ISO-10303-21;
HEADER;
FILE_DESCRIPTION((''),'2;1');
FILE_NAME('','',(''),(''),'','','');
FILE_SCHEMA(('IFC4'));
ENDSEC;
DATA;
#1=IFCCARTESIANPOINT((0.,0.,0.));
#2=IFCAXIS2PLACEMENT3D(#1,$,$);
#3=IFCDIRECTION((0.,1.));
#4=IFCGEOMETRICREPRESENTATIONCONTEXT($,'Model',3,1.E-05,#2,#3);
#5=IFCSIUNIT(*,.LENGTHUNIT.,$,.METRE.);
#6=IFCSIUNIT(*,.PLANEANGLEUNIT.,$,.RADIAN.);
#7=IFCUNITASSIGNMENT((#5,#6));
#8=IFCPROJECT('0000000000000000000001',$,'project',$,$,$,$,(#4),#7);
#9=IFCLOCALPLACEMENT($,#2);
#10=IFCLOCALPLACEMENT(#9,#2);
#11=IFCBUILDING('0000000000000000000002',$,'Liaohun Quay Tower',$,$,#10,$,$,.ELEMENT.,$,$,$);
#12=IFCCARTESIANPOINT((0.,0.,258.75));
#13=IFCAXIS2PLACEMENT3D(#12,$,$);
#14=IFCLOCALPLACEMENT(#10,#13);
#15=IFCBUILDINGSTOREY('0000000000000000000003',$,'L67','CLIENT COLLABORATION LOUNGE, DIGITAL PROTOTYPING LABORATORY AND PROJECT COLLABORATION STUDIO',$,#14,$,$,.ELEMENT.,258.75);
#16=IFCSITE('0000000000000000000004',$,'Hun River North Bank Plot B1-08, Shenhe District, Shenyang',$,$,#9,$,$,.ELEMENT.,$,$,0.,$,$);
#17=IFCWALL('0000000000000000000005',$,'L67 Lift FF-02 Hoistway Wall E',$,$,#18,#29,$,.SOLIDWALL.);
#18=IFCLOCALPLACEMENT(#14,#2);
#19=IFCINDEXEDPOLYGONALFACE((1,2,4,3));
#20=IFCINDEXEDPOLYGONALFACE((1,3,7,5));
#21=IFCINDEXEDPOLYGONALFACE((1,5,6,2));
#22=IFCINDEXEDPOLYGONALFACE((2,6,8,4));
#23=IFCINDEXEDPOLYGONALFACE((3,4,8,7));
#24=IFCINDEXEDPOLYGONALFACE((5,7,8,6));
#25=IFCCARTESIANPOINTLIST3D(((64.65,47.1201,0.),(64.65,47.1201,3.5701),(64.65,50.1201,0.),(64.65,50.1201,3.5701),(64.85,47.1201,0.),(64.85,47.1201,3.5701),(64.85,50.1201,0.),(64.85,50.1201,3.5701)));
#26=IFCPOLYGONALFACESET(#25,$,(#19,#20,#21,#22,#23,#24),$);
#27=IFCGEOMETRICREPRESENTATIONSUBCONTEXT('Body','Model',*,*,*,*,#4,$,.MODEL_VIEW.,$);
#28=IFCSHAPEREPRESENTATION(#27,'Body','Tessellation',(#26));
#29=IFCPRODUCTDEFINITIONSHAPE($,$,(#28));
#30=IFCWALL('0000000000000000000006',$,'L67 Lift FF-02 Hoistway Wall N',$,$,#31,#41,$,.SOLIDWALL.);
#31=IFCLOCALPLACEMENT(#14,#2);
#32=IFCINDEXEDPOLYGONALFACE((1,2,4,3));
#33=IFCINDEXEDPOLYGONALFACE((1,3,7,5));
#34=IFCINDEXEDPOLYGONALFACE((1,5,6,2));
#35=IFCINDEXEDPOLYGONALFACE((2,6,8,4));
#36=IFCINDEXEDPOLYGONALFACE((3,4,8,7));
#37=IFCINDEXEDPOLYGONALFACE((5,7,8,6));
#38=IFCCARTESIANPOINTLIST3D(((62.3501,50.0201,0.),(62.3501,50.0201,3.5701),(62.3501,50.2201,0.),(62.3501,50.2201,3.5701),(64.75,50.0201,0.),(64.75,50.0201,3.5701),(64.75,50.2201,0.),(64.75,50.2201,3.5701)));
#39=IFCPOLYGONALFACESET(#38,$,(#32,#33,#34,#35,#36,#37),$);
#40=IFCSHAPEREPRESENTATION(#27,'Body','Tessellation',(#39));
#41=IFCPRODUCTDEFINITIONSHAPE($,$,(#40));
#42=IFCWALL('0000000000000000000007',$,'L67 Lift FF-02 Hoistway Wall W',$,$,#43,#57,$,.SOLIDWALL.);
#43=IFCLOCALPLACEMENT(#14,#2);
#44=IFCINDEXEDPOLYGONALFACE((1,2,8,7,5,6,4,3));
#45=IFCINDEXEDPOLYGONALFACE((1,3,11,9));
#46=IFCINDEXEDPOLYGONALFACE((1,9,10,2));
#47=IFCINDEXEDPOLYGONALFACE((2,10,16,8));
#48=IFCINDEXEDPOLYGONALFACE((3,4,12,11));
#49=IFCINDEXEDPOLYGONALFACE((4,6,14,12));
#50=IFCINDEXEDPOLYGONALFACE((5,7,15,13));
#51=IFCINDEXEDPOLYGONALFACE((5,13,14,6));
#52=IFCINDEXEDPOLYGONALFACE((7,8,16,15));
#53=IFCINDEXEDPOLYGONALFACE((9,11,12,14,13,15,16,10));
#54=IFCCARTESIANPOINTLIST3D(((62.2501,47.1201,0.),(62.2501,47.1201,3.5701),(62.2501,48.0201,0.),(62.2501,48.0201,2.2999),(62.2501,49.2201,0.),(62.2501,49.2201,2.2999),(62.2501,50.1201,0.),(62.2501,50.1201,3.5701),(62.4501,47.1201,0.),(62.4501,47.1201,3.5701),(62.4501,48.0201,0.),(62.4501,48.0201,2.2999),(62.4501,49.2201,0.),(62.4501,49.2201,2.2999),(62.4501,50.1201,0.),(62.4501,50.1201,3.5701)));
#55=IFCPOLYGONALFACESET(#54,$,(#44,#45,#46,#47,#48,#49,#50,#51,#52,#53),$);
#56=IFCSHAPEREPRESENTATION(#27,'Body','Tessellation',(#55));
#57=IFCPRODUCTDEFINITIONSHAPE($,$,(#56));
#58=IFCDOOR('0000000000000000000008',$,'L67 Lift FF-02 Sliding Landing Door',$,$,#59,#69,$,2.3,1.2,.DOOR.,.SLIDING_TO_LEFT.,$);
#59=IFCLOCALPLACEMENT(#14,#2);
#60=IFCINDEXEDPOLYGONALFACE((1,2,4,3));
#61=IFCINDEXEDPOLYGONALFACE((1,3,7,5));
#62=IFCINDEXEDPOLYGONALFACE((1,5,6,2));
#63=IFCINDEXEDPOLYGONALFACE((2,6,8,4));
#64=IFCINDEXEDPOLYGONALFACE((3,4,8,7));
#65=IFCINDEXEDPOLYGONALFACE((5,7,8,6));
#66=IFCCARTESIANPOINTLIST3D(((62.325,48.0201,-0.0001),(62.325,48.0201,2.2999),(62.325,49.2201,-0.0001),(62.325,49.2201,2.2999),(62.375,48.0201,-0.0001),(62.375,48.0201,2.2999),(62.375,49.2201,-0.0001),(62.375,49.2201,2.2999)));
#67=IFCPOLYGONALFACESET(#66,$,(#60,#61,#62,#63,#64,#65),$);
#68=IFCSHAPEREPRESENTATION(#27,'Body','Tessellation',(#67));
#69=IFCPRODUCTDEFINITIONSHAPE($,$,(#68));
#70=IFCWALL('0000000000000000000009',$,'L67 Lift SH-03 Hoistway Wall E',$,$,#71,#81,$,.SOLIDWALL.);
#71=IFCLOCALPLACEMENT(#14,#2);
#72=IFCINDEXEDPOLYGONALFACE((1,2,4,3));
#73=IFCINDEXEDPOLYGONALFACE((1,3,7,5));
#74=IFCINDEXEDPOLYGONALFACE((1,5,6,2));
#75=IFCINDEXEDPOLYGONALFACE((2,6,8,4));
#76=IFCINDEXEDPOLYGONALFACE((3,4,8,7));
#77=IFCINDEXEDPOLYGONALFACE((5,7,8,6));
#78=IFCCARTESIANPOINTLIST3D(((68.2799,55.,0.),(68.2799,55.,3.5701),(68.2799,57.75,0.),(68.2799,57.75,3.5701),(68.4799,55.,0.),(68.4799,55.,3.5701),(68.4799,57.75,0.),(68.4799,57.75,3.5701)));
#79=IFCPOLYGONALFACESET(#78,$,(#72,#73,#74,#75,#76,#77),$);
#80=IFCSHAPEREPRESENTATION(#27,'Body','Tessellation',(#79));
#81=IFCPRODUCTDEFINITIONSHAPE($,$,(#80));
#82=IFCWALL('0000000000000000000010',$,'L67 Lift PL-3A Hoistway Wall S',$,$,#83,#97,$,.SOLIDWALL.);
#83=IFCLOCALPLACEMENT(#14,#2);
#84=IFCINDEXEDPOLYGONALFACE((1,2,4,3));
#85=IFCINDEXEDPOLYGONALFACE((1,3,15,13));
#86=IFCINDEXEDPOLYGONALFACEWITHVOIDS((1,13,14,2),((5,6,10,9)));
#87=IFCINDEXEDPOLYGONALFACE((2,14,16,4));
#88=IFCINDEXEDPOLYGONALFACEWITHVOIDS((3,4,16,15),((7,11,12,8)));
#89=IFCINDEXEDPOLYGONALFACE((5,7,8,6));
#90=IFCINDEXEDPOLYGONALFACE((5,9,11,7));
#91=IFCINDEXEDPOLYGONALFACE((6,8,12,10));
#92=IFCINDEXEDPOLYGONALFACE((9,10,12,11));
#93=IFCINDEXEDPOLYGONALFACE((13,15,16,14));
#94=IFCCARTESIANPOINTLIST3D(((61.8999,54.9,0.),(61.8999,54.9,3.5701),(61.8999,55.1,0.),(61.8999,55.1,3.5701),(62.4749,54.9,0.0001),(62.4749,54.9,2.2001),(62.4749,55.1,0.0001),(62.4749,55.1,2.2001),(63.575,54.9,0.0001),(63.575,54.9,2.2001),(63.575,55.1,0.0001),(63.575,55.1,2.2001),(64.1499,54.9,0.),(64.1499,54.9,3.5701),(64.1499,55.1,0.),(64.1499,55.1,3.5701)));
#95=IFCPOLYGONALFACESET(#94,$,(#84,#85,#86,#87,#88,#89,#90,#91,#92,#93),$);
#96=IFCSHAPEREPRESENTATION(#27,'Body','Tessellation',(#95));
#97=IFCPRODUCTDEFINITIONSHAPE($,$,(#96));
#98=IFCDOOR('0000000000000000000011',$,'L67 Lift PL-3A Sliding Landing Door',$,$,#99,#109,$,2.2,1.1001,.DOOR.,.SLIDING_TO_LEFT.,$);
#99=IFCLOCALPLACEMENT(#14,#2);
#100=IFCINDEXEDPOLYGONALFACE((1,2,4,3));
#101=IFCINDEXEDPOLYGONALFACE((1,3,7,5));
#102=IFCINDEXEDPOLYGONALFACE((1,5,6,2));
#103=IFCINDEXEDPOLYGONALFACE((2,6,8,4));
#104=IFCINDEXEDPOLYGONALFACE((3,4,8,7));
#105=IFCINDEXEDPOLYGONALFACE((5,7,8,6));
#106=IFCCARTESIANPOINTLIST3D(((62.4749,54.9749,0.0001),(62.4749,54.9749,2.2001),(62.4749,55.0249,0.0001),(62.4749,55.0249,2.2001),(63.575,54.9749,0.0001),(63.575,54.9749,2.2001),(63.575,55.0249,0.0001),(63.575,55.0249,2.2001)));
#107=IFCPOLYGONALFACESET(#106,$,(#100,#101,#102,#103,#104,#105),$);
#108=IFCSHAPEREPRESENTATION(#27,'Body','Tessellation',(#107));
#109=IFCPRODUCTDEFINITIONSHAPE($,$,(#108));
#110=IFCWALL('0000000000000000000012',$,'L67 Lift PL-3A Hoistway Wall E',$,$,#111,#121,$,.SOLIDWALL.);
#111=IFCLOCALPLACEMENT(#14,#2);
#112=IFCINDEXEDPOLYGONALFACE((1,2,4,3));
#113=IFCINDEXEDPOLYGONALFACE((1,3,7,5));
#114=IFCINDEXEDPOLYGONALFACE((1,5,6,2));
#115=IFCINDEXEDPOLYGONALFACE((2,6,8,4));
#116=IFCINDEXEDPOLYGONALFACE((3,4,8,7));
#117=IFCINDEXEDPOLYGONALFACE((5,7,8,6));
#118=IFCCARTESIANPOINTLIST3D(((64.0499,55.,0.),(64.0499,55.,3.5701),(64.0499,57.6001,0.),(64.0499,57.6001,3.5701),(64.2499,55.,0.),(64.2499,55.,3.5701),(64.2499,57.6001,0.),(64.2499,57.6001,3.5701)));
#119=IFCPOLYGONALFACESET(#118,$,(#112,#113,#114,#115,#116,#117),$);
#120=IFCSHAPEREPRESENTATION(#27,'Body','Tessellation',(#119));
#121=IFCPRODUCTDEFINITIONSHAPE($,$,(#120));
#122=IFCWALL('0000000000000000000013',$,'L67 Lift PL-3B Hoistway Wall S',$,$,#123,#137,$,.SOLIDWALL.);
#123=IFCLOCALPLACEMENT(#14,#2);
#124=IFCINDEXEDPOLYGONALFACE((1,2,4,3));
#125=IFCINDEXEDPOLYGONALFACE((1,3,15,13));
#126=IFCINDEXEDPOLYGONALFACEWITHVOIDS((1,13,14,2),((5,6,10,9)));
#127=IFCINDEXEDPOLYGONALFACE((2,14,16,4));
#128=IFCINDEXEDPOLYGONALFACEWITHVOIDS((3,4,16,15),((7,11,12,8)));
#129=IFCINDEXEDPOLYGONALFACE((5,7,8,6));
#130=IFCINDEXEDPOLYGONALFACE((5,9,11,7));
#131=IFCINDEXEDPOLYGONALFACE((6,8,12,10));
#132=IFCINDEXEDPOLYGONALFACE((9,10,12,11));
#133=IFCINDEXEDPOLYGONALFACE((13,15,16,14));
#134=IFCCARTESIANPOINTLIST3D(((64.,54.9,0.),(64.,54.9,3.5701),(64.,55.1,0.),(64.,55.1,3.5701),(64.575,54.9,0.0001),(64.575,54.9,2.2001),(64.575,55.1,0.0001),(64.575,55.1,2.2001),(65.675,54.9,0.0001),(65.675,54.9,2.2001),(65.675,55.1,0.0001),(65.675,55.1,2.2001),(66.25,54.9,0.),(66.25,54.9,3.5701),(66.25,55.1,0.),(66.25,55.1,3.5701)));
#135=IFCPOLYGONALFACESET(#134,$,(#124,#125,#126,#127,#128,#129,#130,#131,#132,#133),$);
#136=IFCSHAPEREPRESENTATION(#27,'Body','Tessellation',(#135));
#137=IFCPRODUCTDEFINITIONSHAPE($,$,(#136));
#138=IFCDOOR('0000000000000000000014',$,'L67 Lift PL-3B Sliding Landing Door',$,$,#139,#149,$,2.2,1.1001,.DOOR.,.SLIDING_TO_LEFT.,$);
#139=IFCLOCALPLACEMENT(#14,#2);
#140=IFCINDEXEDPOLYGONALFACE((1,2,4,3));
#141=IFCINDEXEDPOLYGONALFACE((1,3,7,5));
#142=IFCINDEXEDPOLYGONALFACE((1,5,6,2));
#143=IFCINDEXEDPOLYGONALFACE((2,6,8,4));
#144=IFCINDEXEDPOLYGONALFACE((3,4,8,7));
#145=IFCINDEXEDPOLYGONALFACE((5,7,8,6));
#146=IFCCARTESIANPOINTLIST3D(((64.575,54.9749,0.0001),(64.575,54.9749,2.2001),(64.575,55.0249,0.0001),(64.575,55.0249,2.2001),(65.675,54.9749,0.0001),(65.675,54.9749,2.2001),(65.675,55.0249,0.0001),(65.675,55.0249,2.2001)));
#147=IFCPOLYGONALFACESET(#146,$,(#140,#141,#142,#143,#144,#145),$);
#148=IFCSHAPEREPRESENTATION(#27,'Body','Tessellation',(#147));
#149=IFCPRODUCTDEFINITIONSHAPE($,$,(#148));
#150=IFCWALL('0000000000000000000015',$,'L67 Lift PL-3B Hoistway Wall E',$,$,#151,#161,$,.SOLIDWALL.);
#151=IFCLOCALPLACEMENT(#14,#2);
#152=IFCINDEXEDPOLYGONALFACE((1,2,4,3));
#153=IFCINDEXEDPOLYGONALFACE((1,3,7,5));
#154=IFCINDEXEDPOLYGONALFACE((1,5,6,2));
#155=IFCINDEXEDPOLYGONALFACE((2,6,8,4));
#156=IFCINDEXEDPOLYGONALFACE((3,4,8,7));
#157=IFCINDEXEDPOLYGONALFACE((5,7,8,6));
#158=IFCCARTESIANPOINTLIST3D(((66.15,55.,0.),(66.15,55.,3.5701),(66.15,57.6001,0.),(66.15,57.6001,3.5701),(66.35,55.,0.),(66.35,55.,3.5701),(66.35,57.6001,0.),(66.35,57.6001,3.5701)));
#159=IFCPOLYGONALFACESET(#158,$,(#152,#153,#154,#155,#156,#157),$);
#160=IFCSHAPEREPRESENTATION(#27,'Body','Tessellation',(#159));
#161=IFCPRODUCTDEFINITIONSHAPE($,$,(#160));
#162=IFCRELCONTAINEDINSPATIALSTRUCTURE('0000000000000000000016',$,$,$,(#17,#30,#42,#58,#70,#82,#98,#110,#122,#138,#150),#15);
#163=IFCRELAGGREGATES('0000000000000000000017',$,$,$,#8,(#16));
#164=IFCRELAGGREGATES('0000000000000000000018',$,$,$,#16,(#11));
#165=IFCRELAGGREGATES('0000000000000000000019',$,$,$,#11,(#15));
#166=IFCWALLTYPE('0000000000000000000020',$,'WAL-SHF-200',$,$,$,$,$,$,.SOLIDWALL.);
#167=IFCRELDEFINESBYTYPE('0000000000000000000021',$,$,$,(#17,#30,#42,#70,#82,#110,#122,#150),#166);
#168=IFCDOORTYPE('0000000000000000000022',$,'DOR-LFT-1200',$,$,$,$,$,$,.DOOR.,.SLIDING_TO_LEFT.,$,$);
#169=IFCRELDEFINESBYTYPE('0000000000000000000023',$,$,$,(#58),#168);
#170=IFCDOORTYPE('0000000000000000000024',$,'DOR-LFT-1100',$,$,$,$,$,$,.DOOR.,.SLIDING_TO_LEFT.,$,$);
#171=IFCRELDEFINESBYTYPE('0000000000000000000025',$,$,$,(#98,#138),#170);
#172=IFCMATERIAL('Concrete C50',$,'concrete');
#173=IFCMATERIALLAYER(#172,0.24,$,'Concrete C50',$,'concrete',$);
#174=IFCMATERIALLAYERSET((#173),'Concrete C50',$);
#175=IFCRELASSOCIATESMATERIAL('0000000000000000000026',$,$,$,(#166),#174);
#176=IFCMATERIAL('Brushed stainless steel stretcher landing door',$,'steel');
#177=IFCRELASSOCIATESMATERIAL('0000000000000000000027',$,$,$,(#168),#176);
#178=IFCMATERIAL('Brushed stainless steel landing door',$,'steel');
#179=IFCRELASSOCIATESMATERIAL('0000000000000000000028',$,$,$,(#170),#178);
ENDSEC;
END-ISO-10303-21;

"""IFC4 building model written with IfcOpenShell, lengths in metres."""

from ifc_helpers import new_model, si_unit, direction, frame, frame_2d, origin, place, context, subcontext, project, spatial, rectangle, extrude, source, transform, mapped, material, layer, layer_set, type_object, element, fill, save


model = new_model("IFC4")

# Units and contexts
model_context = context("Model", 3, precision=1e-05, world=origin(), true_north=direction((0.0, 1.0)))
body_context = subcontext(model_context, "Body", "Model", "MODEL_VIEW")
ifc_project = project(units=[si_unit("LENGTHUNIT", "METRE"), si_unit("PLANEANGLEUNIT", "RADIAN")], contexts=[model_context])

# Site, building, storey
site_placement = place(None, origin())
site = spatial("IfcSite", under=ifc_project, at=site_placement, Name="Hun River North Bank Plot B1-08, Shenhe District, Shenyang", CompositionType="ELEMENT", RefElevation=0.0)
building_placement = place(site_placement, origin())
building = spatial("IfcBuilding", under=site, at=building_placement, Name="Liaohun Quay Tower", CompositionType="ELEMENT")
storey_placement = place(building_placement, frame((0.0, 0.0, 258.75)))
storey = spatial("IfcBuildingStorey", under=building, at=storey_placement, Name="L67", Description="CLIENT COLLABORATION LOUNGE, DIGITAL PROTOTYPING LABORATORY AND PROJECT COLLABORATION STUDIO", CompositionType="ELEMENT", Elevation=258.75)

# Shared definitions
ifc_material_1 = material(Name="Concrete C50", Category="concrete")
ifc_layer_1 = layer(ifc_material_1, 0.24, Name="Concrete C50", Category="concrete")
ifc_layer_set_1 = layer_set([ifc_layer_1], Name="Concrete C50")
wall_type_1 = type_object("IfcWallType", Name="WAL-SHF-200", PredefinedType="SOLIDWALL", material=ifc_layer_set_1)

# Walls
wall_1_placement = place(storey_placement, frame((64.75, 47.1201, 0.0), z_axis=(0.0, 0.0, 1.0), x_axis=(0.0, 1.0, 0.0)))
element("IfcWall", 1, at=wall_1_placement, inside=storey, type_object=wall_type_1, Name="L67 Lift FF-02 Hoistway Wall E", PredefinedType="SOLIDWALL", context=body_context, shape_type="SweptSolid", body=[
    extrude(rectangle(XDim=3.0, YDim=0.2, at=frame_2d((1.5, 0.0))), origin(), (0.0, 0.0, 1.0), 3.5701),
])
wall_2_placement = place(storey_placement, frame((64.75, 50.1201, 0.0), z_axis=(0.0, 0.0, 1.0), x_axis=(-1.0, 0.0, 0.0)))
element("IfcWall", 2, at=wall_2_placement, inside=storey, type_object=wall_type_1, Name="L67 Lift FF-02 Hoistway Wall N", PredefinedType="SOLIDWALL", context=body_context, shape_type="SweptSolid", body=[
    extrude(rectangle(XDim=2.3999, YDim=0.2, at=frame_2d((1.2, 0.0))), origin(), (0.0, 0.0, 1.0), 3.5701),
])

# Wall, opening, door
wall_3_placement = place(storey_placement, frame((62.3501, 50.1201, 0.0), z_axis=(0.0, 0.0, 1.0), x_axis=(0.0, -1.0, 0.0)))
wall_3 = element("IfcWall", 3, at=wall_3_placement, inside=storey, type_object=wall_type_1, Name="L67 Lift FF-02 Hoistway Wall W", PredefinedType="SOLIDWALL", context=body_context, shape_type="SweptSolid", body=[
    extrude(rectangle(XDim=3.0, YDim=0.2, at=frame_2d((1.5, 0.0))), origin(), (0.0, 0.0, 1.0), 3.5701),
])
shared_shape_1 = source(origin(), body_context, "Body", "SweptSolid", [
    extrude(rectangle(XDim=1.2, YDim=2.3, at=frame_2d((0.6001, 1.1499))), frame((0.0, 0.1099, 0.0), z_axis=(0.0, -1.0, 0.0), x_axis=(1.0, 0.0, 0.0)), (0.0, 0.0, 1.0), 0.22),
])
opening_1_placement = place(wall_3_placement, frame((0.8999, 0.0, 0.0)))
opening_1 = element("IfcOpeningElement", 4, at=opening_1_placement, cuts=wall_3, PredefinedType="OPENING", context=body_context, shape_type="MappedRepresentation", body=[
    mapped(shared_shape_1, transform((0.0, 0.0, 0.0), x_axis=(1.0, 0.0, 0.0), y_axis=(0.0, 1.0, 0.0), z_axis=(0.0, 0.0, 1.0), scale=1.0)),
])
ifc_material_2 = material(Name="Brushed stainless steel stretcher landing door", Category="steel")
door_type_1 = type_object("IfcDoorType", Name="DOR-LFT-1200", OperationType="SLIDING_TO_LEFT", PredefinedType="DOOR", material=ifc_material_2)
shared_shape_2 = source(origin(), body_context, "Body", "SweptSolid", [
    extrude(rectangle(XDim=1.2, YDim=2.3, at=frame_2d((0.6001, 1.1499))), frame((0.0, 0.0249, 0.0), z_axis=(0.0, -1.0, 0.0), x_axis=(1.0, 0.0, 0.0)), (0.0, 0.0, 1.0), 0.05),
])
door_1_placement = place(opening_1_placement, origin())
door_1 = element("IfcDoor", 5, at=door_1_placement, inside=storey, type_object=door_type_1, Name="L67 Lift FF-02 Sliding Landing Door", OperationType="SLIDING_TO_LEFT", OverallHeight=2.3, OverallWidth=1.2, PredefinedType="DOOR", context=body_context, shape_type="MappedRepresentation", body=[
    mapped(shared_shape_2, transform((0.0, 0.0, 0.0), x_axis=(1.0, 0.0, 0.0), y_axis=(0.0, 1.0, 0.0), z_axis=(0.0, 0.0, 1.0), scale=1.0)),
])
fill(opening_1, door_1)

# Wall
wall_4_placement = place(storey_placement, frame((68.3799, 55.0, 0.0), z_axis=(0.0, 0.0, 1.0), x_axis=(0.0, 1.0, 0.0)))
element("IfcWall", 6, at=wall_4_placement, inside=storey, type_object=wall_type_1, Name="L67 Lift SH-03 Hoistway Wall E", PredefinedType="SOLIDWALL", context=body_context, shape_type="SweptSolid", body=[
    extrude(rectangle(XDim=2.75, YDim=0.2, at=frame_2d((1.375, 0.0))), origin(), (0.0, 0.0, 1.0), 3.5701),
])

# Wall, opening, door
wall_5_placement = place(storey_placement, frame((61.8999, 55.0, 0.0), z_axis=(0.0, 0.0, 1.0), x_axis=(1.0, 0.0, 0.0)))
wall_5 = element("IfcWall", 7, at=wall_5_placement, inside=storey, type_object=wall_type_1, Name="L67 Lift PL-3A Hoistway Wall S", PredefinedType="SOLIDWALL", context=body_context, shape_type="SweptSolid", body=[
    extrude(rectangle(XDim=2.25, YDim=0.2, at=frame_2d((1.125, 0.0))), origin(), (0.0, 0.0, 1.0), 3.5701),
])
shared_shape_3 = source(origin(), body_context, "Body", "SweptSolid", [
    extrude(rectangle(XDim=1.1001, YDim=2.2, at=frame_2d((0.55, 1.1001))), frame((0.0, 0.1099, 0.0), z_axis=(0.0, -1.0, 0.0), x_axis=(1.0, 0.0, 0.0)), (0.0, 0.0, 1.0), 0.22),
])
opening_2_placement = place(wall_5_placement, frame((0.575, 0.0, 0.0)))
opening_2 = element("IfcOpeningElement", 8, at=opening_2_placement, cuts=wall_5, PredefinedType="OPENING", context=body_context, shape_type="MappedRepresentation", body=[
    mapped(shared_shape_3, transform((0.0, 0.0, 0.0), x_axis=(1.0, 0.0, 0.0), y_axis=(0.0, 1.0, 0.0), z_axis=(0.0, 0.0, 1.0), scale=1.0)),
])
ifc_material_3 = material(Name="Brushed stainless steel landing door", Category="steel")
door_type_2 = type_object("IfcDoorType", Name="DOR-LFT-1100", OperationType="SLIDING_TO_LEFT", PredefinedType="DOOR", material=ifc_material_3)
shared_shape_4 = source(origin(), body_context, "Body", "SweptSolid", [
    extrude(rectangle(XDim=1.1001, YDim=2.2, at=frame_2d((0.55, 1.1001))), frame((0.0, 0.0249, 0.0), z_axis=(0.0, -1.0, 0.0), x_axis=(1.0, 0.0, 0.0)), (0.0, 0.0, 1.0), 0.05),
])
door_2_placement = place(opening_2_placement, origin())
door_2 = element("IfcDoor", 9, at=door_2_placement, inside=storey, type_object=door_type_2, Name="L67 Lift PL-3A Sliding Landing Door", OperationType="SLIDING_TO_LEFT", OverallHeight=2.2, OverallWidth=1.1001, PredefinedType="DOOR", context=body_context, shape_type="MappedRepresentation", body=[
    mapped(shared_shape_4, transform((0.0, 0.0, 0.0), x_axis=(1.0, 0.0, 0.0), y_axis=(0.0, 1.0, 0.0), z_axis=(0.0, 0.0, 1.0), scale=1.0)),
])
fill(opening_2, door_2)

# Wall
wall_6_placement = place(storey_placement, frame((64.1499, 55.0, 0.0), z_axis=(0.0, 0.0, 1.0), x_axis=(0.0, 1.0, 0.0)))
element("IfcWall", 10, at=wall_6_placement, inside=storey, type_object=wall_type_1, Name="L67 Lift PL-3A Hoistway Wall E", PredefinedType="SOLIDWALL", context=body_context, shape_type="SweptSolid", body=[
    extrude(rectangle(XDim=2.6001, YDim=0.2, at=frame_2d((1.3, 0.0))), origin(), (0.0, 0.0, 1.0), 3.5701),
])

# Wall, opening, door
wall_7_placement = place(storey_placement, frame((64.0, 55.0, 0.0), z_axis=(0.0, 0.0, 1.0), x_axis=(1.0, 0.0, 0.0)))
wall_7 = element("IfcWall", 11, at=wall_7_placement, inside=storey, type_object=wall_type_1, Name="L67 Lift PL-3B Hoistway Wall S", PredefinedType="SOLIDWALL", context=body_context, shape_type="SweptSolid", body=[
    extrude(rectangle(XDim=2.25, YDim=0.2, at=frame_2d((1.125, 0.0))), origin(), (0.0, 0.0, 1.0), 3.5701),
])
opening_3_placement = place(wall_7_placement, frame((0.575, 0.0, 0.0)))
opening_3 = element("IfcOpeningElement", 12, at=opening_3_placement, cuts=wall_7, PredefinedType="OPENING", context=body_context, shape_type="MappedRepresentation", body=[
    mapped(shared_shape_3, transform((0.0, 0.0, 0.0), x_axis=(1.0, 0.0, 0.0), y_axis=(0.0, 1.0, 0.0), z_axis=(0.0, 0.0, 1.0), scale=1.0)),
])
door_3_placement = place(opening_3_placement, origin())
door_3 = element("IfcDoor", 13, at=door_3_placement, inside=storey, type_object=door_type_2, Name="L67 Lift PL-3B Sliding Landing Door", OperationType="SLIDING_TO_LEFT", OverallHeight=2.2, OverallWidth=1.1001, PredefinedType="DOOR", context=body_context, shape_type="MappedRepresentation", body=[
    mapped(shared_shape_4, transform((0.0, 0.0, 0.0), x_axis=(1.0, 0.0, 0.0), y_axis=(0.0, 1.0, 0.0), z_axis=(0.0, 0.0, 1.0), scale=1.0)),
])
fill(opening_3, door_3)

# Wall
wall_8_placement = place(storey_placement, frame((66.25, 55.0, 0.0), z_axis=(0.0, 0.0, 1.0), x_axis=(0.0, 1.0, 0.0)))
element("IfcWall", 14, at=wall_8_placement, inside=storey, type_object=wall_type_1, Name="L67 Lift PL-3B Hoistway Wall E", PredefinedType="SOLIDWALL", context=body_context, shape_type="SweptSolid", body=[
    extrude(rectangle(XDim=2.6001, YDim=0.2, at=frame_2d((1.3, 0.0))), origin(), (0.0, 0.0, 1.0), 3.5701),
])

save(model, "model.ifc")
